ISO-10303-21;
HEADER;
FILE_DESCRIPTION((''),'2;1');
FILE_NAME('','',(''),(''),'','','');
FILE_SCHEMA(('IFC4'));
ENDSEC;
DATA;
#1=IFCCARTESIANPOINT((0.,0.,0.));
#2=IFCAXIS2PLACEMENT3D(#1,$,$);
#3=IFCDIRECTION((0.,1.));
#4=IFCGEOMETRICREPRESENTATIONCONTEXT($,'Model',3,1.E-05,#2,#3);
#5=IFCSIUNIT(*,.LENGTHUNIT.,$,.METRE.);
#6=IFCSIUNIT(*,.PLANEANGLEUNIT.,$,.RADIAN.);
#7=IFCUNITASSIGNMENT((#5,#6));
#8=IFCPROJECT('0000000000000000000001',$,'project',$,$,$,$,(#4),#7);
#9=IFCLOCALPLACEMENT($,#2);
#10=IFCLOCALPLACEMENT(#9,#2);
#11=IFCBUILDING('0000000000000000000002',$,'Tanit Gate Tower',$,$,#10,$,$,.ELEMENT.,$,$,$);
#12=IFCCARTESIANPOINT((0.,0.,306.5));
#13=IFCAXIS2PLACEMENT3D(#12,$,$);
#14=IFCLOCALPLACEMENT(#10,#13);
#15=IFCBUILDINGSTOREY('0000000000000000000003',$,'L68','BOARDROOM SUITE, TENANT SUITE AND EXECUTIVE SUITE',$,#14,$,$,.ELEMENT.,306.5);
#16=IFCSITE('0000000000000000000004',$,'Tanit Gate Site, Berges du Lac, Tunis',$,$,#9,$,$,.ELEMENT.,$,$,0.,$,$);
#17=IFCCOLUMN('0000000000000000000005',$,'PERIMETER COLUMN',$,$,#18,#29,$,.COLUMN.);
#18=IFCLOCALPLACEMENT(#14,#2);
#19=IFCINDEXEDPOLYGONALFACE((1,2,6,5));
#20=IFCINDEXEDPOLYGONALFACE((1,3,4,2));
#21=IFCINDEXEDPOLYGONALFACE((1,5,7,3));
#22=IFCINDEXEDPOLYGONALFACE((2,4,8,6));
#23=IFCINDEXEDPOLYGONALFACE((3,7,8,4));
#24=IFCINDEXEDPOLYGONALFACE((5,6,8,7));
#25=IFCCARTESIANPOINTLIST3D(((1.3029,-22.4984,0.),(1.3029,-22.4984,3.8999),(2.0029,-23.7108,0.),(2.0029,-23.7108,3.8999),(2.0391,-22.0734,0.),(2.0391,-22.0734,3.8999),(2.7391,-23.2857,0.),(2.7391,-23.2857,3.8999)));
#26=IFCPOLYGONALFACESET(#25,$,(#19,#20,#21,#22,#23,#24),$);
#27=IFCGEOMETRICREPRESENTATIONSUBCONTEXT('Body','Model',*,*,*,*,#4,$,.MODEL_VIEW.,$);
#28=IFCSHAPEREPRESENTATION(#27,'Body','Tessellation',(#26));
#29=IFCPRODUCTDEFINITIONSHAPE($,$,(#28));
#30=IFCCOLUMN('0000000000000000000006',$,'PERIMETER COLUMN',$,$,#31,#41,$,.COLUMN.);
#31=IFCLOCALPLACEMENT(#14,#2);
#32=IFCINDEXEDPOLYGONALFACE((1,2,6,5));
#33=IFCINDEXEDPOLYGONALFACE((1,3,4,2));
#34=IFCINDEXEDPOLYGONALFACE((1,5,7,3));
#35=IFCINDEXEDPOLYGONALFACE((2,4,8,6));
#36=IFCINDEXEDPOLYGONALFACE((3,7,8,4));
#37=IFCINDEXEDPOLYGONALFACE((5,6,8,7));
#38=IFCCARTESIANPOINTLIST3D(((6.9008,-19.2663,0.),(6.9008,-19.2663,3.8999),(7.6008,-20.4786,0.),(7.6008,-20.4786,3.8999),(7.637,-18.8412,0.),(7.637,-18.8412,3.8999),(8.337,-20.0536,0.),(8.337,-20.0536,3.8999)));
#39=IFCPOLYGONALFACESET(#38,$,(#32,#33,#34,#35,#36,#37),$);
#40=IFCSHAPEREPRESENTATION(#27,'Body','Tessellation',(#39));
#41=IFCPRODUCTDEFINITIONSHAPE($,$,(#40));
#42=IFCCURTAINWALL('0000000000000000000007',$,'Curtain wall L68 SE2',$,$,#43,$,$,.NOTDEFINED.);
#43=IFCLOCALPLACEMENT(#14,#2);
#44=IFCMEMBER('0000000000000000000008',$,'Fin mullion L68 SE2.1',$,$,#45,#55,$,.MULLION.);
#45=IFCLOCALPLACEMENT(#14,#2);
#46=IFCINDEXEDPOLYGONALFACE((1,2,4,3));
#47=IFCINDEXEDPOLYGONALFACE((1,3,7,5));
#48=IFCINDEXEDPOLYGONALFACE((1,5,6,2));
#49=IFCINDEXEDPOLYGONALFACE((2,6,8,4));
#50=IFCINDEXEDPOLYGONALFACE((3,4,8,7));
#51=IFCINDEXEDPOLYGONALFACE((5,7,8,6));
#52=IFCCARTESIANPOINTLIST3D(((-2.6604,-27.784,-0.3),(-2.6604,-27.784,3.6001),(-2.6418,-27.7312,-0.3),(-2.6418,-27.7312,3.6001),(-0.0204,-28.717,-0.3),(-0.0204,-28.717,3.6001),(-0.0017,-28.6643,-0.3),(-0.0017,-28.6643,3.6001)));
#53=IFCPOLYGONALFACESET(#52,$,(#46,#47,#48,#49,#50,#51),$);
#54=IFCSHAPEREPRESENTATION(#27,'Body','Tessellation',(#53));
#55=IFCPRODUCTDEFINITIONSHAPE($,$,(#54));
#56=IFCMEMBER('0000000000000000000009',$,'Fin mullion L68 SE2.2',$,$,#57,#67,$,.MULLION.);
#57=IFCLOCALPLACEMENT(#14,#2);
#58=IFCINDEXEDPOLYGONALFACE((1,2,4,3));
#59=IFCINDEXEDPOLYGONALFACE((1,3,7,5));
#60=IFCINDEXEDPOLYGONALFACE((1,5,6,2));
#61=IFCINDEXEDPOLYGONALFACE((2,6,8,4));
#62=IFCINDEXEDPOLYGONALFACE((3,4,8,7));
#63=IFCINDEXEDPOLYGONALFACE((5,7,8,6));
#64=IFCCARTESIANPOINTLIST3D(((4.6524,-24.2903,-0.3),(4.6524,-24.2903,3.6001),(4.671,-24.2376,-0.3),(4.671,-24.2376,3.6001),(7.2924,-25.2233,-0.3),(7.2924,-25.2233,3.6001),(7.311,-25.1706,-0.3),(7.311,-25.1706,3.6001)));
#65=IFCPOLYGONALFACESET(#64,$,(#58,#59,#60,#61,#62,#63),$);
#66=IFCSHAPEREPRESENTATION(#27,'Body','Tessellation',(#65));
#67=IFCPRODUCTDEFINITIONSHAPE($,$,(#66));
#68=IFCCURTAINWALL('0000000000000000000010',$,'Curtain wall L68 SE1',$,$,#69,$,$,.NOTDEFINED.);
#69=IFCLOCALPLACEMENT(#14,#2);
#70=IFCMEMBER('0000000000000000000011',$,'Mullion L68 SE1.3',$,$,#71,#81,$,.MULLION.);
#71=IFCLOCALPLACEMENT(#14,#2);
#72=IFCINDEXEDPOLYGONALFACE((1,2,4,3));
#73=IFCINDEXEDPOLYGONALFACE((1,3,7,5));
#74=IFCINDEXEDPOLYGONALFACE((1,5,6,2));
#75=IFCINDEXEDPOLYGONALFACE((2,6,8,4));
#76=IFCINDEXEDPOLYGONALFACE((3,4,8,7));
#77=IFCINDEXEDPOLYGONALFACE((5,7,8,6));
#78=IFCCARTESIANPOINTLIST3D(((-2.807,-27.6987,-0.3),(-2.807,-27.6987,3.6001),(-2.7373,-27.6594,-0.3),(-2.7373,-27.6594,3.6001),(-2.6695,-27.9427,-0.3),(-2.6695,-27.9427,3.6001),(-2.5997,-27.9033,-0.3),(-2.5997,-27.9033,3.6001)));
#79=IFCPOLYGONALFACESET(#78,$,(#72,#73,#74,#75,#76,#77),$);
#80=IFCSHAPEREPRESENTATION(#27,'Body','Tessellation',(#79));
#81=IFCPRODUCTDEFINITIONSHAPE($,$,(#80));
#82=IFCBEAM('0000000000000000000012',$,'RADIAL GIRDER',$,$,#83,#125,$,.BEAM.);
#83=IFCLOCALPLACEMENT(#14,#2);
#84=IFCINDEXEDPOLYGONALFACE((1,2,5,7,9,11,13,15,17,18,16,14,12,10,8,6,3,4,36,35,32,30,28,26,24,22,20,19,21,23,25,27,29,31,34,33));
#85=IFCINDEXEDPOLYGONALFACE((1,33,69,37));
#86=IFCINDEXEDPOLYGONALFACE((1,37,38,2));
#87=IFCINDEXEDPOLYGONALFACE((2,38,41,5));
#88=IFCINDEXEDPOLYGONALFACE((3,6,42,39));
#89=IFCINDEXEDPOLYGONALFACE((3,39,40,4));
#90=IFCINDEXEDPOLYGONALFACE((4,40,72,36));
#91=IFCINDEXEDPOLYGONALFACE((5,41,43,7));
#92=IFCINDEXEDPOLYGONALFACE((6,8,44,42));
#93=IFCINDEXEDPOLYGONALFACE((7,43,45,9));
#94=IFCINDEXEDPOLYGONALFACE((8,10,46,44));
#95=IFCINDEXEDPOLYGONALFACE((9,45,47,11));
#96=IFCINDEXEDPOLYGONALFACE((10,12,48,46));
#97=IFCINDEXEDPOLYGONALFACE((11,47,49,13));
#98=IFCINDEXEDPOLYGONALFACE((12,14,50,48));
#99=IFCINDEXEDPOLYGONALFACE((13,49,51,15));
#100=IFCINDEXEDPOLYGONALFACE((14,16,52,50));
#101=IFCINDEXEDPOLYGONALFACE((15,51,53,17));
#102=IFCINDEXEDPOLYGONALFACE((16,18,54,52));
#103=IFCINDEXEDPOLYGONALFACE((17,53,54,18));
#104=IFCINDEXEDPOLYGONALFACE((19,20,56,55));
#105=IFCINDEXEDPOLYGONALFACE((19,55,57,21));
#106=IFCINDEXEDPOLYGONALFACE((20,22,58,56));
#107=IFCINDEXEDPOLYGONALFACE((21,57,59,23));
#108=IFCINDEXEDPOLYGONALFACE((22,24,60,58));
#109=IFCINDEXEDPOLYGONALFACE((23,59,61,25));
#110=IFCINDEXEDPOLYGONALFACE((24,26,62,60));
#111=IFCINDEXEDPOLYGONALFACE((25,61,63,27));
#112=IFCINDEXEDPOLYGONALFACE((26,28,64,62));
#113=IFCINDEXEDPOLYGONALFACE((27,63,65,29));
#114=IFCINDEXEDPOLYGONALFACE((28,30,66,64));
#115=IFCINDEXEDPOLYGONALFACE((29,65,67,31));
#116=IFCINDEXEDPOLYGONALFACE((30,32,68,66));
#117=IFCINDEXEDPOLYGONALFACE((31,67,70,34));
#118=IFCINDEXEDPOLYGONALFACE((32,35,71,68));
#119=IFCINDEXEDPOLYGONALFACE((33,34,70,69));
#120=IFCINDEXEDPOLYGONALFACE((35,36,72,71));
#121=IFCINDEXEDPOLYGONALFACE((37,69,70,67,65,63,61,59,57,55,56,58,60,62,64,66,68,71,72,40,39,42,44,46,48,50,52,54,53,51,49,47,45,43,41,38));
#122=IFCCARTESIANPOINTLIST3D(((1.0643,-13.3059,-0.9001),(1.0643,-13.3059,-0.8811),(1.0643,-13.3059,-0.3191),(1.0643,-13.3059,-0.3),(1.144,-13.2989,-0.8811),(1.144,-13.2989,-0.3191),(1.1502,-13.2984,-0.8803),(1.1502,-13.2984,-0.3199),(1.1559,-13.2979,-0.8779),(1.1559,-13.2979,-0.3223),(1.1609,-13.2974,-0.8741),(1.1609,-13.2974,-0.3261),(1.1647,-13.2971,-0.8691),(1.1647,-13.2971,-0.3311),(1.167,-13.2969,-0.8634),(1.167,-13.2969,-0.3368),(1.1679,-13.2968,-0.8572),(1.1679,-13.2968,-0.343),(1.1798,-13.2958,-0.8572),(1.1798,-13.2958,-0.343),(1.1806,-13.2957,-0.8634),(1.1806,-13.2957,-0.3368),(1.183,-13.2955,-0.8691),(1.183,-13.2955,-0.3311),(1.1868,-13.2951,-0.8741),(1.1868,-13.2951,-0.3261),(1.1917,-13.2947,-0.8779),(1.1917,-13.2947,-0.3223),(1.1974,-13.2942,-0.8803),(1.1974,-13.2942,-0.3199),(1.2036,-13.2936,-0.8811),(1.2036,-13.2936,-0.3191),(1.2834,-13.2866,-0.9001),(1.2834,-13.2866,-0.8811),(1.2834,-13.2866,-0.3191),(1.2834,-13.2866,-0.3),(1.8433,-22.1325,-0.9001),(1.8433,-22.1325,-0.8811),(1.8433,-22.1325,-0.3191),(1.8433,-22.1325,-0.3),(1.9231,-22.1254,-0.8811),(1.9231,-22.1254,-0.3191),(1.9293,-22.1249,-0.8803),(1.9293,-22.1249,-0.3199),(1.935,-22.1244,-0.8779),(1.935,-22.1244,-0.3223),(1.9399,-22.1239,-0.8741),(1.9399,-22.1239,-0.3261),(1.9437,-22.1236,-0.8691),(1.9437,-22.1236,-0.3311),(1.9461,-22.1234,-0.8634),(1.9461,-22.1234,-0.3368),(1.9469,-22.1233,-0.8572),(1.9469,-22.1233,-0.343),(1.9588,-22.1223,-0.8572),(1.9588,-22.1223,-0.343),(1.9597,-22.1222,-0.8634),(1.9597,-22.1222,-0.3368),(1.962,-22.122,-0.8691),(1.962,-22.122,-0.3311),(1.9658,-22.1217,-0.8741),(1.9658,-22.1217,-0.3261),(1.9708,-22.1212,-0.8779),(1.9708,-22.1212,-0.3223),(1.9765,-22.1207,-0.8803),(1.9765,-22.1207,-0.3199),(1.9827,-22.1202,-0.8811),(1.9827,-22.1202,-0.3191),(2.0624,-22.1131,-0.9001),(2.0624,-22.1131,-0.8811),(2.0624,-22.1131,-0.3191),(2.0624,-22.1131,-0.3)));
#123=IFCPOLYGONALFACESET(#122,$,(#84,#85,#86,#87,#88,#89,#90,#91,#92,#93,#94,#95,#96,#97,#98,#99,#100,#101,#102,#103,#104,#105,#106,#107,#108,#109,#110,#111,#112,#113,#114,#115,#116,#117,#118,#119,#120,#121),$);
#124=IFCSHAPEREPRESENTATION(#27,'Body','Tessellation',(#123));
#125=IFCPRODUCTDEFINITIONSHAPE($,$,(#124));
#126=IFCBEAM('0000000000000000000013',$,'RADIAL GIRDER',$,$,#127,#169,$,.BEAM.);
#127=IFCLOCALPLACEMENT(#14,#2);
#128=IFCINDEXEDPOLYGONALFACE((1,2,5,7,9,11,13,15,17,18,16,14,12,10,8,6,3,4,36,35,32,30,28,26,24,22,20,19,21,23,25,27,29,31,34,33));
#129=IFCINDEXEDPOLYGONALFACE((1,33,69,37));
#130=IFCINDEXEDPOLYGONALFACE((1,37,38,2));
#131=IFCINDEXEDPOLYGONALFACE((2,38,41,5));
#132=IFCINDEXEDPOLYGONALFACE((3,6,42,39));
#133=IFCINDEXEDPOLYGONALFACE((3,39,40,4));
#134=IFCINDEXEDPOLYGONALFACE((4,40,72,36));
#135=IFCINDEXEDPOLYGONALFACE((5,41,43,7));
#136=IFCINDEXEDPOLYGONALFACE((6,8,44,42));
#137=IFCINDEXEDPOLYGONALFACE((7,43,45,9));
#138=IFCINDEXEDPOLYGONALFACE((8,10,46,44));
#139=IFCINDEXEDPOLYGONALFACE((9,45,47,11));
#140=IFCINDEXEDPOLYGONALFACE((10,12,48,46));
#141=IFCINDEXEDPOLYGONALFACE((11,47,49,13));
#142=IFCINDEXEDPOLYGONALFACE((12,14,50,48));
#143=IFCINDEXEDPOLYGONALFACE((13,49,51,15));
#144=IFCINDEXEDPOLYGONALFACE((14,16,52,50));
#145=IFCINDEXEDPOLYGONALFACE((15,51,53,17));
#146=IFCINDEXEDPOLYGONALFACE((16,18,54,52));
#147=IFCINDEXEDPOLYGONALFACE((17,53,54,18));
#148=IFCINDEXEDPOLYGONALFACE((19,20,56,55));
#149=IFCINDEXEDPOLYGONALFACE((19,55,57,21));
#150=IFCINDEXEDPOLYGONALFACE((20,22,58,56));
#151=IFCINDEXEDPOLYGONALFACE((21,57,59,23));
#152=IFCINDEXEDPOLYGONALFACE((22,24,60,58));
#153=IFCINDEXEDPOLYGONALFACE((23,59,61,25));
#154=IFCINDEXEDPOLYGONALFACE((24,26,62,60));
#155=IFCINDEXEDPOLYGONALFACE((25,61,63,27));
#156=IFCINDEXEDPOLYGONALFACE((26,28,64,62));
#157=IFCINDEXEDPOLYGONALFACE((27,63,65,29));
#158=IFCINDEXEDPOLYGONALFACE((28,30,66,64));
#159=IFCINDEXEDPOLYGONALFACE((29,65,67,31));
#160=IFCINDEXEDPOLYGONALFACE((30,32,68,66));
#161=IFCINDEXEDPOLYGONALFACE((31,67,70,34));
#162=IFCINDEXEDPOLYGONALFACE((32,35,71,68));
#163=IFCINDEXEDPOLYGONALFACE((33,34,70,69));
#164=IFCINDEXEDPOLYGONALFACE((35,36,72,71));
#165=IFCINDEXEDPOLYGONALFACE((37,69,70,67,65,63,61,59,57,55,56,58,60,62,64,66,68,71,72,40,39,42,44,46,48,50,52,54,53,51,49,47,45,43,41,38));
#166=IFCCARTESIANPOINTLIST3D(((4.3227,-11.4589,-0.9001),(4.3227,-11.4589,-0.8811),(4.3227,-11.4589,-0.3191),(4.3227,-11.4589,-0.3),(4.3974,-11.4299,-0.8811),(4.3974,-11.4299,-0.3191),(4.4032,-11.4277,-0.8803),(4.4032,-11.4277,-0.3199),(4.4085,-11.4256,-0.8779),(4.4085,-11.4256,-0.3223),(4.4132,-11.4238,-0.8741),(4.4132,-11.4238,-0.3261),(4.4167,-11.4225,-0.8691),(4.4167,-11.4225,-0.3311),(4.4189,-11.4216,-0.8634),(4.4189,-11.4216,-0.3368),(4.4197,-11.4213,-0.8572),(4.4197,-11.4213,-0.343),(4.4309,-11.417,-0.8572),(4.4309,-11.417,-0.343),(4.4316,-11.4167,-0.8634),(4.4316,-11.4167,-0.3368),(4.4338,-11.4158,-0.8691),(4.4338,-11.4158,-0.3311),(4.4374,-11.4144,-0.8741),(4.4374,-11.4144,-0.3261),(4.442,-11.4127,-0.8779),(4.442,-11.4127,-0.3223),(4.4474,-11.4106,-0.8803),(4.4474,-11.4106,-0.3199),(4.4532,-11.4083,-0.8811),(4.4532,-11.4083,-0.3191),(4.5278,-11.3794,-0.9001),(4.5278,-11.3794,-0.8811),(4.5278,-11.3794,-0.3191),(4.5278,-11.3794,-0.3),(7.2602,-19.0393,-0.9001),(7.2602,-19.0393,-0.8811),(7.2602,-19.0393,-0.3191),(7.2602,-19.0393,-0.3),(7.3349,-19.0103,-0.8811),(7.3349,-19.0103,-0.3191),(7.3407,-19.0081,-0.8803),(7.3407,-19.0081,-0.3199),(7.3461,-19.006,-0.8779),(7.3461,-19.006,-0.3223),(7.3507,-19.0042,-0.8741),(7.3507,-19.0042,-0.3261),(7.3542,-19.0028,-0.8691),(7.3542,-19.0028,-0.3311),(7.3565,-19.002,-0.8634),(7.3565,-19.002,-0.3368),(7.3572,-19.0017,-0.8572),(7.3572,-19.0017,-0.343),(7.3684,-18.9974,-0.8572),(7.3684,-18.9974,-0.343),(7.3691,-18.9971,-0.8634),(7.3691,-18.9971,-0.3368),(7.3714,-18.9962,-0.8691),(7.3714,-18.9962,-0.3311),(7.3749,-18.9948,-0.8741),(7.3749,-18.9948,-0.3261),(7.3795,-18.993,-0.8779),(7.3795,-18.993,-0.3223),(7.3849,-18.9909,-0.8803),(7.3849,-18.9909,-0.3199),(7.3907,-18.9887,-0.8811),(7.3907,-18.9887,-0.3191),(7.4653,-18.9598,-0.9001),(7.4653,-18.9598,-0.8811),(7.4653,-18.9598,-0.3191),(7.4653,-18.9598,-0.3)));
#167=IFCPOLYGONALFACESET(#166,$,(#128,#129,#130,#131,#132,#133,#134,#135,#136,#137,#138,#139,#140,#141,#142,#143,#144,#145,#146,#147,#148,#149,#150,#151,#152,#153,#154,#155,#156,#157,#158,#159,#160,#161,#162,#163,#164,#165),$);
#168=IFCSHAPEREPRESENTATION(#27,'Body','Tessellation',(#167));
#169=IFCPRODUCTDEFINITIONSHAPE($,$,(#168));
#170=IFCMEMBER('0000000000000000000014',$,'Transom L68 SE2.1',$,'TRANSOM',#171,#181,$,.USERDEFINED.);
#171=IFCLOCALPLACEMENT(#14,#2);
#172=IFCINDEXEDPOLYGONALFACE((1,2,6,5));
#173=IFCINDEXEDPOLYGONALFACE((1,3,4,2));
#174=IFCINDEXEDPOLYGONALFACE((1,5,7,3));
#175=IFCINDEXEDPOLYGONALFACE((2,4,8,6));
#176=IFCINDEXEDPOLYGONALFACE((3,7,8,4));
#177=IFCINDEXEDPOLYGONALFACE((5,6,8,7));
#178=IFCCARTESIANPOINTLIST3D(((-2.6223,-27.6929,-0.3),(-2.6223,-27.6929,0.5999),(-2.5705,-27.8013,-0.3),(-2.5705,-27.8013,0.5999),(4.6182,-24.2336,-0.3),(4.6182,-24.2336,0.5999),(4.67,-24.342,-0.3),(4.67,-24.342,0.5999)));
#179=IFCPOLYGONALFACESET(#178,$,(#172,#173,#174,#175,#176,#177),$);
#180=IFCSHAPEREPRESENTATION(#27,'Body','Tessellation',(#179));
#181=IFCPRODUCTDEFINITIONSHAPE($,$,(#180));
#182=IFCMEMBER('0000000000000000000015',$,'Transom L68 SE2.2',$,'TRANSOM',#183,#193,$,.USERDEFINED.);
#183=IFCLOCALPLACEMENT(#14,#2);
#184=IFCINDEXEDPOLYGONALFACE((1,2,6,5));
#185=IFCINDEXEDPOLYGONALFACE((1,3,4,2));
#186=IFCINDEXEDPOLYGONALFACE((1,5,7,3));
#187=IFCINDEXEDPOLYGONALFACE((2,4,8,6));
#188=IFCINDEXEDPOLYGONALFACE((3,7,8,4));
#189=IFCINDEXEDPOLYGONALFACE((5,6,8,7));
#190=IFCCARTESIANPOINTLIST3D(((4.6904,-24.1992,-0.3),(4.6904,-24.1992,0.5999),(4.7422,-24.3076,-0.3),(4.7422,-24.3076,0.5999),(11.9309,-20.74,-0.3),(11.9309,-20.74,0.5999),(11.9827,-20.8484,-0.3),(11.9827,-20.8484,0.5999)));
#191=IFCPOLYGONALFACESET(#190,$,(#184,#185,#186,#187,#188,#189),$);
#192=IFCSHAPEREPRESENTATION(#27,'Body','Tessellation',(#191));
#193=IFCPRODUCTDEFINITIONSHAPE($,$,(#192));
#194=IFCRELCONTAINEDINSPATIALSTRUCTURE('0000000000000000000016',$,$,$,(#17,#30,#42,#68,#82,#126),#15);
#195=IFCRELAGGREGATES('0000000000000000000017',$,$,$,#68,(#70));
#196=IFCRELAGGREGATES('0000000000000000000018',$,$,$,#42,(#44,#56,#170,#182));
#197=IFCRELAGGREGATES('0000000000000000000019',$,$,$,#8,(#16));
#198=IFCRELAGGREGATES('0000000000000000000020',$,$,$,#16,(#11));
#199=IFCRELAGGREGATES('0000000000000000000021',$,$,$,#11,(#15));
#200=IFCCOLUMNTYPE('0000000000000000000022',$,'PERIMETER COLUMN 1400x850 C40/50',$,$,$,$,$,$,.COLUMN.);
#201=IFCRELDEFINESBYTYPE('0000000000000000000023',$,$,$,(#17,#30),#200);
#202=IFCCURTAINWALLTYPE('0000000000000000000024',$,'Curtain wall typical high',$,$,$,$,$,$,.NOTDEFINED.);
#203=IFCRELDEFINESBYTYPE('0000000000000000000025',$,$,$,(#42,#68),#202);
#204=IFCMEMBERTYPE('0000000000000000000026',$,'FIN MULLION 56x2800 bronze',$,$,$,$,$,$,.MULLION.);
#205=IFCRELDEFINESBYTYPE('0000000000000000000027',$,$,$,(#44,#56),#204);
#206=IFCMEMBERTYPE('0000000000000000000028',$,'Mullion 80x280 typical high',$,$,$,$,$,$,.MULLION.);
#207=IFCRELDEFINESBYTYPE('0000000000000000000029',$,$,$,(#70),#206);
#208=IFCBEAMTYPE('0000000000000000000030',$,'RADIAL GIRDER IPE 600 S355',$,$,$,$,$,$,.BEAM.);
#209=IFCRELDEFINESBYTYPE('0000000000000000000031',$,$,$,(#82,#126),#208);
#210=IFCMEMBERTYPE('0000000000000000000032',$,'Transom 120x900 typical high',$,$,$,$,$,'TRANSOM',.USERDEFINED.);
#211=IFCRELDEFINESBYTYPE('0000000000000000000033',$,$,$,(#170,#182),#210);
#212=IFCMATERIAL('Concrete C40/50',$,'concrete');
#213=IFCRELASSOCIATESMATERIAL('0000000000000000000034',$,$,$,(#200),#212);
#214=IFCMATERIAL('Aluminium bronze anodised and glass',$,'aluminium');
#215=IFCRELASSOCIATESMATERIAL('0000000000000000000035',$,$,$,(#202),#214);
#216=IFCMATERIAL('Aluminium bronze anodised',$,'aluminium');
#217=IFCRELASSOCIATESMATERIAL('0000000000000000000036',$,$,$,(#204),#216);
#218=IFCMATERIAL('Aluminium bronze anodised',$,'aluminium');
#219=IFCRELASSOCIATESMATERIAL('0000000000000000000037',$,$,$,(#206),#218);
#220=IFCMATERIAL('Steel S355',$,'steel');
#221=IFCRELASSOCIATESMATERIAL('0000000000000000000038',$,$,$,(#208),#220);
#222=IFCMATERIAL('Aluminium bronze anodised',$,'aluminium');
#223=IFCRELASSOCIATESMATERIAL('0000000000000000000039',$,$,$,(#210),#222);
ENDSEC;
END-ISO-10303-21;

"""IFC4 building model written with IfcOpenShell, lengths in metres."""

from ifc_helpers import new_model, si_unit, direction, frame, origin, origin_2d, place, context, subcontext, project, spatial, rectangle, i_section, extrude, material, material_profile, profile_set, type_object, element, aggregate, save


model = new_model("IFC4")

# Units and contexts
model_context = context("Model", 3, precision=1e-05, world=origin(), true_north=direction((0.0, 1.0)))
body_context = subcontext(model_context, "Body", "Model", "MODEL_VIEW")
ifc_project = project(units=[si_unit("LENGTHUNIT", "METRE"), si_unit("PLANEANGLEUNIT", "RADIAN")], contexts=[model_context])

# Site, building, storey
site_placement = place(None, origin())
site = spatial("IfcSite", under=ifc_project, at=site_placement, Name="Tanit Gate Site, Berges du Lac, Tunis", CompositionType="ELEMENT", RefElevation=0.0)
building_placement = place(site_placement, origin())
building = spatial("IfcBuilding", under=site, at=building_placement, Name="Tanit Gate Tower", CompositionType="ELEMENT")
storey_placement = place(building_placement, frame((0.0, 0.0, 306.5)))
storey = spatial("IfcBuildingStorey", under=building, at=storey_placement, Name="L68", Description="BOARDROOM SUITE, TENANT SUITE AND EXECUTIVE SUITE", CompositionType="ELEMENT", Elevation=306.5)

# Columns
ifc_material_1 = material(Name="Concrete C40/50", Category="concrete")
ifc_material_profile_1 = material_profile(ifc_material_1, rectangle(XDim=1.3999, YDim=0.8501, at=origin_2d()), Name="RC 1400x850")
ifc_profile_set_1 = profile_set([ifc_material_profile_1], Name="Concrete C40/50")
column_type = type_object("IfcColumnType", Name="PERIMETER COLUMN 1400x850 C40/50", PredefinedType="COLUMN", material=ifc_profile_set_1)
for number, where, z_axis, x_axis, name in (
    (1, (2.021, -22.8921, 0.0), (0.0, 0.0, 1.0), (0.5, -0.866025, 0.0), "PERIMETER COLUMN"),
    (2, (7.6189, -19.6599, 0.0), (0.0, 0.0, 1.0), (0.5, -0.866025, 0.0), "PERIMETER COLUMN"),
):
    element("IfcColumn", number, at=place(storey_placement, frame(where, z_axis=z_axis, x_axis=x_axis)), inside=storey, type_object=column_type, Name=name, PredefinedType="COLUMN", context=body_context, shape_type="SweptSolid", body=[
        extrude(rectangle(XDim=1.3999, YDim=0.8501, at=origin_2d()), origin(), (0.0, 0.0, 1.0), 3.8999),
    ])

# Curtain wall, members
ifc_material_2 = material(Name="Aluminium bronze anodised and glass", Category="aluminium")
curtain_wall_type = type_object("IfcCurtainWallType", Name="Curtain wall typical high", PredefinedType="NOTDEFINED", material=ifc_material_2)
curtain_wall_1_placement = place(storey_placement, origin())
curtain_wall_1 = element("IfcCurtainWall", 3, at=curtain_wall_1_placement, inside=storey, type_object=curtain_wall_type, Name="Curtain wall L68 SE2", PredefinedType="NOTDEFINED")
ifc_material_3 = material(Name="Aluminium bronze anodised", Category="aluminium")
ifc_material_profile_2 = material_profile(ifc_material_3, rectangle(XDim=2.8, YDim=0.0559, at=origin_2d()), Name="56x2800 bronze fin mullion")
ifc_profile_set_2 = profile_set([ifc_material_profile_2], Name="Aluminium bronze anodised")
member_type_1 = type_object("IfcMemberType", Name="FIN MULLION 56x2800 bronze", PredefinedType="MULLION", material=ifc_profile_set_2)
member_1_placement = place(storey_placement, frame((-1.3311, -28.2241, -0.3), z_axis=(0.0, 0.0, 1.0), x_axis=(-0.942849, 0.33322, 0.0)))
member_1 = element("IfcMember", 4, at=member_1_placement, type_object=member_type_1, Name="Fin mullion L68 SE2.1", PredefinedType="MULLION", context=body_context, shape_type="SweptSolid", body=[
    extrude(rectangle(XDim=2.8, YDim=0.0559, at=origin_2d()), origin(), (0.0, 0.0, 1.0), 3.9001),
])
member_2_placement = place(storey_placement, frame((5.9817, -24.7305, -0.3), z_axis=(0.0, 0.0, 1.0), x_axis=(-0.942849, 0.33322, 0.0)))
member_2 = element("IfcMember", 5, at=member_2_placement, type_object=member_type_1, Name="Fin mullion L68 SE2.2", PredefinedType="MULLION", context=body_context, shape_type="SweptSolid", body=[
    extrude(rectangle(XDim=2.8, YDim=0.0559, at=origin_2d()), origin(), (0.0, 0.0, 1.0), 3.9001),
])

# Curtain wall, member
curtain_wall_2_placement = place(storey_placement, origin())
curtain_wall_2 = element("IfcCurtainWall", 6, at=curtain_wall_2_placement, inside=storey, type_object=curtain_wall_type, Name="Curtain wall L68 SE1", PredefinedType="NOTDEFINED")
ifc_material_4 = material(Name="Aluminium bronze anodised", Category="aluminium")
ifc_material_profile_3 = material_profile(ifc_material_4, rectangle(XDim=0.28, YDim=0.0801, at=origin_2d()), Name="80x280 bronze mullion")
ifc_profile_set_3 = profile_set([ifc_material_profile_3], Name="Aluminium bronze anodised")
member_type_2 = type_object("IfcMemberType", Name="Mullion 80x280 typical high", PredefinedType="MULLION", material=ifc_profile_set_3)
member_3_placement = place(storey_placement, frame((-2.7034, -27.801, -0.3), z_axis=(0.0, 0.0, 1.0), x_axis=(-0.491188, 0.871054, 0.0)))
member_3 = element("IfcMember", 7, at=member_3_placement, type_object=member_type_2, Name="Mullion L68 SE1.3", PredefinedType="MULLION", context=body_context, shape_type="SweptSolid", body=[
    extrude(rectangle(XDim=0.28, YDim=0.0801, at=origin_2d()), origin(), (0.0, 0.0, 1.0), 3.9001),
])
aggregate(curtain_wall_2, [member_3])

# Beams
ifc_material_5 = material(Name="Steel S355", Category="steel")
ifc_material_profile_4 = material_profile(ifc_material_5, i_section(OverallWidth=0.22, OverallDepth=0.6001, WebThickness=0.012, FlangeThickness=0.019, FilletRadius=0.0239, at=origin_2d()), Name="IPE 600")
ifc_profile_set_4 = profile_set([ifc_material_profile_4], Name="Steel S355")
beam_type = type_object("IfcBeamType", Name="RADIAL GIRDER IPE 600 S355", PredefinedType="BEAM", material=ifc_profile_set_4)
beam_1_placement = place(storey_placement, frame((1.9529, -22.1228, -0.6001), z_axis=(-0.087922, 0.996127, 0.0), x_axis=(-0.996127, -0.087922, 0.0)))
element("IfcBeam", 8, at=beam_1_placement, inside=storey, type_object=beam_type, Name="RADIAL GIRDER", PredefinedType="BEAM", context=body_context, shape_type="SweptSolid", body=[
    extrude(i_section(OverallWidth=0.22, OverallDepth=0.6001, WebThickness=0.012, FlangeThickness=0.019, FilletRadius=0.0239, at=origin_2d()), origin(), (0.0, 0.0, 1.0), 8.8608),
])
beam_2_placement = place(storey_placement, frame((7.3628, -18.9995, -0.6001), z_axis=(-0.361334, 0.932436, 0.0), x_axis=(-0.932436, -0.361334, 0.0)))
element("IfcBeam", 9, at=beam_2_placement, inside=storey, type_object=beam_type, Name="RADIAL GIRDER", PredefinedType="BEAM", context=body_context, shape_type="SweptSolid", body=[
    extrude(i_section(OverallWidth=0.22, OverallDepth=0.6001, WebThickness=0.012, FlangeThickness=0.019, FilletRadius=0.0239, at=origin_2d()), origin(), (0.0, 0.0, 1.0), 8.1296),
])

# Members
ifc_material_6 = material(Name="Aluminium bronze anodised", Category="aluminium")
ifc_material_profile_5 = material_profile(ifc_material_6, rectangle(XDim=0.1201, YDim=0.8999, at=origin_2d()), Name="120x900 bronze transom")
ifc_profile_set_5 = profile_set([ifc_material_profile_5], Name="Aluminium bronze anodised")
member_type_3 = type_object("IfcMemberType", Name="Transom 120x900 typical high", ElementType="TRANSOM", PredefinedType="USERDEFINED", material=ifc_profile_set_5)
member_4_placement = place(storey_placement, frame((-2.5964, -27.7471, 0.1499), z_axis=(0.902309, 0.431089, 0.0), x_axis=(-0.431089, 0.902309, 0.0)))
member_4 = element("IfcMember", 10, at=member_4_placement, type_object=member_type_3, Name="Transom L68 SE2.1", ObjectType="TRANSOM", PredefinedType="USERDEFINED", context=body_context, shape_type="SweptSolid", body=[
    extrude(rectangle(XDim=0.1201, YDim=0.8999, at=origin_2d()), origin(), (0.0, 0.0, 1.0), 8.0244),
])
member_5_placement = place(storey_placement, frame((4.7163, -24.2534, 0.1499), z_axis=(0.902309, 0.431089, 0.0), x_axis=(-0.431089, 0.902309, 0.0)))
member_5 = element("IfcMember", 11, at=member_5_placement, type_object=member_type_3, Name="Transom L68 SE2.2", ObjectType="TRANSOM", PredefinedType="USERDEFINED", context=body_context, shape_type="SweptSolid", body=[
    extrude(rectangle(XDim=0.1201, YDim=0.8999, at=origin_2d()), origin(), (0.0, 0.0, 1.0), 8.0244),
])

aggregate(curtain_wall_1, [member_1, member_2, member_4, member_5])

save(model, "model.ifc")
